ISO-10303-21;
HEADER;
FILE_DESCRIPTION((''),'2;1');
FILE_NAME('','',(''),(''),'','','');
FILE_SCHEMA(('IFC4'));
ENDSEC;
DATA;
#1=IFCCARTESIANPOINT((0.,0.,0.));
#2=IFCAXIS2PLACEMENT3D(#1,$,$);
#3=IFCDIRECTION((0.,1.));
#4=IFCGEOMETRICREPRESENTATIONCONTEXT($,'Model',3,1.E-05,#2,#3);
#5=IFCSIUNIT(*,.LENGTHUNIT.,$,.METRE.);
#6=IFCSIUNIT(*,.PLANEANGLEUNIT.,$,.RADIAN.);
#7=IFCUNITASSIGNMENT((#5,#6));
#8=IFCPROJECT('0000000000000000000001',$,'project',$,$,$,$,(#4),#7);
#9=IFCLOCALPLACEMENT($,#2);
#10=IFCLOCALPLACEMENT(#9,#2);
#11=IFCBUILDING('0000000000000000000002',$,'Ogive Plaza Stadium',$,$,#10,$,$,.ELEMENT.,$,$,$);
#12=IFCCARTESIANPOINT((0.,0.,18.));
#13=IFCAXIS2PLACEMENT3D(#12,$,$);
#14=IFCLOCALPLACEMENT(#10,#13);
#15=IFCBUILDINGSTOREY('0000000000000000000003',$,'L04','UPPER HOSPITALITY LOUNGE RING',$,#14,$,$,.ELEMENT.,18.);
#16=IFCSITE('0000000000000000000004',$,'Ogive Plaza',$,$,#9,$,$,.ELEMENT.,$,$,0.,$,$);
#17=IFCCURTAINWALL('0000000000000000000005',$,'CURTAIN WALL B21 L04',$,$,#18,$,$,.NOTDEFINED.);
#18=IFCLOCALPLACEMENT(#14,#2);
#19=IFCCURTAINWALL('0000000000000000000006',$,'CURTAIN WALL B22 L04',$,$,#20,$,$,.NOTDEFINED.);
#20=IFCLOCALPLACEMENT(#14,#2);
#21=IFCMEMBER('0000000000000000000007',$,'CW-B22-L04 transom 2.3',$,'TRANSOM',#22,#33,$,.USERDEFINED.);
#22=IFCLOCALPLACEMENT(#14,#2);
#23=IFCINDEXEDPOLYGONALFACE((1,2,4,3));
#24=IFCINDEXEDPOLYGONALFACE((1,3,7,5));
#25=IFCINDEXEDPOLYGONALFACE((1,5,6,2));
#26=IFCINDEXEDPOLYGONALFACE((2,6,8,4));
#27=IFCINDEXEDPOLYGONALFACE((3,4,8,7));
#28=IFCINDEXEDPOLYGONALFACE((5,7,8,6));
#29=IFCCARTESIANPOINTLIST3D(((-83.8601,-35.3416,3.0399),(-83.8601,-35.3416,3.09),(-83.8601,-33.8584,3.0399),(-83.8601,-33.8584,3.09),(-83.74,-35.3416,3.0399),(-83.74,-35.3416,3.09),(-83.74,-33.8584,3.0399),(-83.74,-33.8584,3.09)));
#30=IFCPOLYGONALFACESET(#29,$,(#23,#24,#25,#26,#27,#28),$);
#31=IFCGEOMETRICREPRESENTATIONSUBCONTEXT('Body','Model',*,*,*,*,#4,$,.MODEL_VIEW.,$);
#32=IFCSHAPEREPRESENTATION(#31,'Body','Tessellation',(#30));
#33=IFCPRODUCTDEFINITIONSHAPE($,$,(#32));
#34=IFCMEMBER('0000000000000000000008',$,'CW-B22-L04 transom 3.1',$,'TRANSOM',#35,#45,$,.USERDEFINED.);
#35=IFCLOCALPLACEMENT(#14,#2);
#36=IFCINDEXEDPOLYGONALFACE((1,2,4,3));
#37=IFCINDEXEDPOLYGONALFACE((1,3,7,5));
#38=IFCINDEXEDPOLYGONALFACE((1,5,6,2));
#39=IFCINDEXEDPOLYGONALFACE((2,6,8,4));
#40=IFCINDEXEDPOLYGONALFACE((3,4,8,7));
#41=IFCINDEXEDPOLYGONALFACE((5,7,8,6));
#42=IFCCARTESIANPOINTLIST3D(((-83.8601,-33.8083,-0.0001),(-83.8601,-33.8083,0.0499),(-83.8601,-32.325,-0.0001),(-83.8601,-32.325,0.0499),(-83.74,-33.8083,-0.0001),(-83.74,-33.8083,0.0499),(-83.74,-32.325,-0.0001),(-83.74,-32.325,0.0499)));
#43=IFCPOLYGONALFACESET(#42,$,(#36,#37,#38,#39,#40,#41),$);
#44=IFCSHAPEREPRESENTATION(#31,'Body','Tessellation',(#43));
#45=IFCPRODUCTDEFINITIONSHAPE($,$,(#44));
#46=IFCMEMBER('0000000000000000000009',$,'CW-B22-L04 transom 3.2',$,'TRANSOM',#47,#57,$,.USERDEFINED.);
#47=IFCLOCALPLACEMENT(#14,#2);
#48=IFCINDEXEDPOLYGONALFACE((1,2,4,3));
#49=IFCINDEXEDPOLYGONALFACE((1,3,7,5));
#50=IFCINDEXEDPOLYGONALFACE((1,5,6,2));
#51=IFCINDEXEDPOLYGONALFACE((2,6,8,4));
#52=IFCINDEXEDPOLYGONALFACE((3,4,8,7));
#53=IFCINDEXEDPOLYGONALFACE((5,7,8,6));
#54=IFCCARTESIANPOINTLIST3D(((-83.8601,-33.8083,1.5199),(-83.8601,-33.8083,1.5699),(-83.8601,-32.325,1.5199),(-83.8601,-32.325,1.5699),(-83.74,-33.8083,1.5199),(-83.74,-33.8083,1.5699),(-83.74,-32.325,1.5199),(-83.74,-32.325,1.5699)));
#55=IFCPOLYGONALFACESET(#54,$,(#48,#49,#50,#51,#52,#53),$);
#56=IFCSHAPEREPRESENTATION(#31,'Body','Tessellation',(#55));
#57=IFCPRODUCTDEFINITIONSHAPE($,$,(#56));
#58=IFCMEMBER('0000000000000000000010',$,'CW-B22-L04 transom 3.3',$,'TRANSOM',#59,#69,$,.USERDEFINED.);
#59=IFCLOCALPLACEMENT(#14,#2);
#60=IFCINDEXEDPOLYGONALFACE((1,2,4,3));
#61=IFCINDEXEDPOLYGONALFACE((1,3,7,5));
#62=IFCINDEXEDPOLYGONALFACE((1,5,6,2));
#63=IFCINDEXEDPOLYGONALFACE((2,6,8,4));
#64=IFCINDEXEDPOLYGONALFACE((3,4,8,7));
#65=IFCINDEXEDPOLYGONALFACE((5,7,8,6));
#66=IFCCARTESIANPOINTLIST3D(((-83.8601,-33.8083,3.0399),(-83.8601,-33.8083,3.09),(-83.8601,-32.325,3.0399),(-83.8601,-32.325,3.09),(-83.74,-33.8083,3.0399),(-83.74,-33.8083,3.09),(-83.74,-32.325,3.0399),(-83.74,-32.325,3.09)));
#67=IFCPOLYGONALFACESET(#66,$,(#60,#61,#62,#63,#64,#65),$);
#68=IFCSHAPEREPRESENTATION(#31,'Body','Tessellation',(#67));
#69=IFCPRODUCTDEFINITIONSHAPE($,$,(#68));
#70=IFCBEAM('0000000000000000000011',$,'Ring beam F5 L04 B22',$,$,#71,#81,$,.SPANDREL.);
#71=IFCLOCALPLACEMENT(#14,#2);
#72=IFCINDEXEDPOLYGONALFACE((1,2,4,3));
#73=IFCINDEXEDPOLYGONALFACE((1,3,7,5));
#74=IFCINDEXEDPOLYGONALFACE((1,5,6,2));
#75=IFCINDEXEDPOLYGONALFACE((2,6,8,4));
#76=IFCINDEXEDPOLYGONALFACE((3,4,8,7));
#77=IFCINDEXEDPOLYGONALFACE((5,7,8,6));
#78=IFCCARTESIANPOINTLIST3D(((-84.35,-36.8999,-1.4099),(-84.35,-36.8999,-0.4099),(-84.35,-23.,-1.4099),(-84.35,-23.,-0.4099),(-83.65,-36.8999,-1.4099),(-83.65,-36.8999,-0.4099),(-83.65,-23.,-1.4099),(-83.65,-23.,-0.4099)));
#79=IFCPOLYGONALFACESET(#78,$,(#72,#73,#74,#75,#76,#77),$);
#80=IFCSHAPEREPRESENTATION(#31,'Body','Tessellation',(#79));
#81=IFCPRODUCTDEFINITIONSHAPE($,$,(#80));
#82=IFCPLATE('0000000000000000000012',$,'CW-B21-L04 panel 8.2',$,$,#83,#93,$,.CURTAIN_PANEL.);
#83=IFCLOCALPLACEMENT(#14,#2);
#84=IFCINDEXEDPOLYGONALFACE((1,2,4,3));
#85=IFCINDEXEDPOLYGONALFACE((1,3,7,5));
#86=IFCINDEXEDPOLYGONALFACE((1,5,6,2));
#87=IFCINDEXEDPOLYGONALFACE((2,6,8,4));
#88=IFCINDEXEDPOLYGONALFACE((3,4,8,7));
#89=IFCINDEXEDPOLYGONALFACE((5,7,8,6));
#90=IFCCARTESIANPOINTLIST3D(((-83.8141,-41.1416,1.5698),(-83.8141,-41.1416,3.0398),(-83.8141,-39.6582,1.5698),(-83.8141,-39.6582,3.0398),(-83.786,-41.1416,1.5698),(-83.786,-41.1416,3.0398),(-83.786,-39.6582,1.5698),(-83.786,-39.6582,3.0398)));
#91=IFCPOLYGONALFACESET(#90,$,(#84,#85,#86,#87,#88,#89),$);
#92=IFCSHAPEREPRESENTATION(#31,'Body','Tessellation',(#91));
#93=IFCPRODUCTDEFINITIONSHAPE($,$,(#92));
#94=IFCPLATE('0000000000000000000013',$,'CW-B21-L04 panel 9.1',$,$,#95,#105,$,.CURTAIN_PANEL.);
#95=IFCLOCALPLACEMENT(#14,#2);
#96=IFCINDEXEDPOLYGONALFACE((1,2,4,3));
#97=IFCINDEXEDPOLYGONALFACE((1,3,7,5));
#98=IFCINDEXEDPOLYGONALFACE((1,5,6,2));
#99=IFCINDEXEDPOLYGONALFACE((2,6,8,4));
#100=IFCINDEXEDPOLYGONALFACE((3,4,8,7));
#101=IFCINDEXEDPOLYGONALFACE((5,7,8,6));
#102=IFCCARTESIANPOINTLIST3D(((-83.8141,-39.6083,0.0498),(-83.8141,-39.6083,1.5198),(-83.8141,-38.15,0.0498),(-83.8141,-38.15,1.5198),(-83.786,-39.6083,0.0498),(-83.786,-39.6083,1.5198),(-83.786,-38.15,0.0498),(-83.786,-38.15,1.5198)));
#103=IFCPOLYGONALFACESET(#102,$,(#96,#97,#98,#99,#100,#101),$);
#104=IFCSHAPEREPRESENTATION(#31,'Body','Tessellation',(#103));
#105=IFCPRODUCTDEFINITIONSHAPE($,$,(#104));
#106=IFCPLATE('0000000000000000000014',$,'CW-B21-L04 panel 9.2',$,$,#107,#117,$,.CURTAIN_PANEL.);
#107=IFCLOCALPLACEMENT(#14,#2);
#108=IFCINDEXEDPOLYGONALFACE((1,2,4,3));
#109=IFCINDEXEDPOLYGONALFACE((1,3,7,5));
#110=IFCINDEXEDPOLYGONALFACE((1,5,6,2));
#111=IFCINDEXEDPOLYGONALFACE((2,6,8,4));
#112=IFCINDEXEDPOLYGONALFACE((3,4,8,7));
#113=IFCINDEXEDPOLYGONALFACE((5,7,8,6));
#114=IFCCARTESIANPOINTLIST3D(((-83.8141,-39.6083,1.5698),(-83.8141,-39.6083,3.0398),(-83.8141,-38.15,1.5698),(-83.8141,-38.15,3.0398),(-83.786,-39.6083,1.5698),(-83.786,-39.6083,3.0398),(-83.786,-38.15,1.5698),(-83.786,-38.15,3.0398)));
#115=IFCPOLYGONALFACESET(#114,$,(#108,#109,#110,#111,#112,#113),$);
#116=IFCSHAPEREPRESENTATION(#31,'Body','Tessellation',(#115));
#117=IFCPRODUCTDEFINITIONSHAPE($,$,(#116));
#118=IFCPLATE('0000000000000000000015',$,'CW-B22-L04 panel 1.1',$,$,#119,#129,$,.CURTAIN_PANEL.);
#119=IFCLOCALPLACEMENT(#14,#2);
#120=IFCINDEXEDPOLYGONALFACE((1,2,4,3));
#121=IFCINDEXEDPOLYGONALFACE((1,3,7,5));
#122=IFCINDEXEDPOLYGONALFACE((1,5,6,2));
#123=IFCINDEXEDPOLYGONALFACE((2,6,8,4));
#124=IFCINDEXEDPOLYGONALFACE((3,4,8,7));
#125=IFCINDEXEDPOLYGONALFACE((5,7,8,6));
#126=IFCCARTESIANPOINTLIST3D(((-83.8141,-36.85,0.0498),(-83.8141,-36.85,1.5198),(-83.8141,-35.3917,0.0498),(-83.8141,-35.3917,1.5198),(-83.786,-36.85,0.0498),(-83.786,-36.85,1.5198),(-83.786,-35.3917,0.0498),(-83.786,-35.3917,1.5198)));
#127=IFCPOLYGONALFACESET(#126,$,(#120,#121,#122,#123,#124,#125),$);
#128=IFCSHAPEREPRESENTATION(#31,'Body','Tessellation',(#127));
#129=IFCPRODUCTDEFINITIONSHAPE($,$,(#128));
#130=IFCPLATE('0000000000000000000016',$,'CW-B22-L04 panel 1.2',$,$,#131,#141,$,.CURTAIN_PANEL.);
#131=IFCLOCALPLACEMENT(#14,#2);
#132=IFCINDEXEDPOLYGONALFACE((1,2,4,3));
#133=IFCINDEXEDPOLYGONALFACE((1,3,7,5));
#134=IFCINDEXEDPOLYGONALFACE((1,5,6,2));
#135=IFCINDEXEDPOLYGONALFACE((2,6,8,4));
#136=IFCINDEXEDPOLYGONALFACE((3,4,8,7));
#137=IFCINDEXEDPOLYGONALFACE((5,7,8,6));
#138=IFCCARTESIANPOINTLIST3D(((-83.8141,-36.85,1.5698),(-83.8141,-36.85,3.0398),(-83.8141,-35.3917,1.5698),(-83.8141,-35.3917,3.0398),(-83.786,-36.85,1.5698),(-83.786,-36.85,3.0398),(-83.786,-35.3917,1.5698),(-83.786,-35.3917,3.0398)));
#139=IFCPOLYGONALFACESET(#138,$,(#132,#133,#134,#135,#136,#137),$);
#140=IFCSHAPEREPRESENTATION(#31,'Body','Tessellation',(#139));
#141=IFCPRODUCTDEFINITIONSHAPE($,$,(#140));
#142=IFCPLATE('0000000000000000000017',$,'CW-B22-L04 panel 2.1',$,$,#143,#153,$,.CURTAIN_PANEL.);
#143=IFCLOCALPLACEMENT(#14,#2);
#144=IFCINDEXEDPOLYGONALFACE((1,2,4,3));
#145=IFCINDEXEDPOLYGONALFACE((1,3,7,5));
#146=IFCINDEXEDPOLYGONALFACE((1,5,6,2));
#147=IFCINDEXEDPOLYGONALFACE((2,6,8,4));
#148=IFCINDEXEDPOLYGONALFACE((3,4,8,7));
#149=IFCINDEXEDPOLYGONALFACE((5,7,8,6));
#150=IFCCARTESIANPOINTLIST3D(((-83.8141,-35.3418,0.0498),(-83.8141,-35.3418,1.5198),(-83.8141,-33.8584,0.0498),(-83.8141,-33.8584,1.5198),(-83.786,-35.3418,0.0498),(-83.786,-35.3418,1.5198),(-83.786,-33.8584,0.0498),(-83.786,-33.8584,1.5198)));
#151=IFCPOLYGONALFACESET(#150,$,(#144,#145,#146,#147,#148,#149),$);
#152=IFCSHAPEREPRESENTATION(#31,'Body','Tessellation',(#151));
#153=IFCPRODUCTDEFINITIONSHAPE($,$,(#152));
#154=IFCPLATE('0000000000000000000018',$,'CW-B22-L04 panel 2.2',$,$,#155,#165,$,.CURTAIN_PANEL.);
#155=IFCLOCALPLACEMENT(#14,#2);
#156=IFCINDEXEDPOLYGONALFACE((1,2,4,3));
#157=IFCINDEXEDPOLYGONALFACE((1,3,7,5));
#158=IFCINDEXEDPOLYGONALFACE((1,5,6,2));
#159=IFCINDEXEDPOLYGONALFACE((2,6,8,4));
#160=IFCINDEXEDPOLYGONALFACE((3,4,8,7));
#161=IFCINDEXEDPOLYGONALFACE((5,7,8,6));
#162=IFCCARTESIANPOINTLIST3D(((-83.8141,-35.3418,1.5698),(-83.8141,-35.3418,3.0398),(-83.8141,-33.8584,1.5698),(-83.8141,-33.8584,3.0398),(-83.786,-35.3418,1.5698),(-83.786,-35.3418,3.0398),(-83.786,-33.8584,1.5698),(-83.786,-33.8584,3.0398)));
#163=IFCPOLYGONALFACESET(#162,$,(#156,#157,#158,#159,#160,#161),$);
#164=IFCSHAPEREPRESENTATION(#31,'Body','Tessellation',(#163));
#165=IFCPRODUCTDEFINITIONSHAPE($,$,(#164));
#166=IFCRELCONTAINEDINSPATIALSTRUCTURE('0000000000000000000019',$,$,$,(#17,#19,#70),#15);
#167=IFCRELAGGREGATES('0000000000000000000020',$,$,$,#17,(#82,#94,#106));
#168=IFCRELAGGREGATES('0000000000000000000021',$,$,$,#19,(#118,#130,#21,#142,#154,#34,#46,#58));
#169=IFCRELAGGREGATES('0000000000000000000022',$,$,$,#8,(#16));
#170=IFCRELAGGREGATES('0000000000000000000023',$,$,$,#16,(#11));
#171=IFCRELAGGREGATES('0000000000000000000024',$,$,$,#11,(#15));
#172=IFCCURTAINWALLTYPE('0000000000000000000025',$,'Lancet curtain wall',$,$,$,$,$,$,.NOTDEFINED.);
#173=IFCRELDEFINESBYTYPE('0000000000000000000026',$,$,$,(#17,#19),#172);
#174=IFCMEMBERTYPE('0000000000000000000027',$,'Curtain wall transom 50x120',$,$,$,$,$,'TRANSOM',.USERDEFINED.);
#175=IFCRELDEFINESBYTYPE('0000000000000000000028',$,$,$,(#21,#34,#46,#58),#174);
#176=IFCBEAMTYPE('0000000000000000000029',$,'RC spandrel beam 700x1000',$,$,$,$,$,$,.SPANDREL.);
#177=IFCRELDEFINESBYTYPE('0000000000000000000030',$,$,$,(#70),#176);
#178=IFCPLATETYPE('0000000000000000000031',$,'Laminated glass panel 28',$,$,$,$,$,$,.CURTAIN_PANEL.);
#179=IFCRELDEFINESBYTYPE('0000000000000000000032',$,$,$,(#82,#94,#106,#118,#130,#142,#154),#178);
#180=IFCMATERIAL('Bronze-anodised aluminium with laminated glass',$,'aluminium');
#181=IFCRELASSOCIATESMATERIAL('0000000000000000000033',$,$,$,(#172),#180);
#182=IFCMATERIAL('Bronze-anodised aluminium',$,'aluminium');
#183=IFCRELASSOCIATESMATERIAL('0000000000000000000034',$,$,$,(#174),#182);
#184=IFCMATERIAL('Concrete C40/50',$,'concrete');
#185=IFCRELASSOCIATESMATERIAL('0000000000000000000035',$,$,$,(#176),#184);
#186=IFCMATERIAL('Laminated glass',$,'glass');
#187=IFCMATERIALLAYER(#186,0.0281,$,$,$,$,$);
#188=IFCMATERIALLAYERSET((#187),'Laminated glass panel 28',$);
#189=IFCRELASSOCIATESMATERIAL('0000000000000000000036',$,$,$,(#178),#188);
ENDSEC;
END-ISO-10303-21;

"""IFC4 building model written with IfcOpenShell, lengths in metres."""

from ifc_helpers import new_model, si_unit, direction, frame, origin, origin_2d, place, context, subcontext, project, spatial, rectangle, extrude, material, layer, layer_set, material_profile, profile_set, type_object, element, aggregate, save


model = new_model("IFC4")

# Units and contexts
model_context = context("Model", 3, precision=1e-05, world=origin(), true_north=direction((0.0, 1.0)))
body_context = subcontext(model_context, "Body", "Model", "MODEL_VIEW")
ifc_project = project(units=[si_unit("LENGTHUNIT", "METRE"), si_unit("PLANEANGLEUNIT", "RADIAN")], contexts=[model_context])

# Site, building, storey
site_placement = place(None, origin())
site = spatial("IfcSite", under=ifc_project, at=site_placement, Name="Ogive Plaza", CompositionType="ELEMENT", RefElevation=0.0)
building_placement = place(site_placement, origin())
building = spatial("IfcBuilding", under=site, at=building_placement, Name="Ogive Plaza Stadium", CompositionType="ELEMENT")
storey_placement = place(building_placement, frame((0.0, 0.0, 18.0)))
storey = spatial("IfcBuildingStorey", under=building, at=storey_placement, Name="L04", Description="UPPER HOSPITALITY LOUNGE RING", CompositionType="ELEMENT", Elevation=18.0)

# Curtain walls
ifc_material_1 = material(Name="Bronze-anodised aluminium with laminated glass", Category="aluminium")
curtain_wall_type = type_object("IfcCurtainWallType", Name="Lancet curtain wall", PredefinedType="NOTDEFINED", material=ifc_material_1)
curtain_wall_1_placement = place(storey_placement, origin())
curtain_wall_1 = element("IfcCurtainWall", 1, at=curtain_wall_1_placement, inside=storey, type_object=curtain_wall_type, Name="CURTAIN WALL B21 L04", PredefinedType="NOTDEFINED")
curtain_wall_2_placement = place(storey_placement, origin())
curtain_wall_2 = element("IfcCurtainWall", 2, at=curtain_wall_2_placement, inside=storey, type_object=curtain_wall_type, Name="CURTAIN WALL B22 L04", PredefinedType="NOTDEFINED")

# Members
ifc_material_2 = material(Name="Bronze-anodised aluminium", Category="aluminium")
ifc_material_profile_1 = material_profile(ifc_material_2, rectangle(XDim=0.1201, YDim=0.05, at=origin_2d()), Name="AL 120x50")
ifc_profile_set_1 = profile_set([ifc_material_profile_1], Name="Bronze-anodised aluminium")
member_type_1 = type_object("IfcMemberType", Name="Curtain wall transom 50x120", ElementType="TRANSOM", PredefinedType="USERDEFINED", material=ifc_profile_set_1)
member_1_placement = place(storey_placement, frame((-83.8, -35.3416, 3.0649), z_axis=(0.0, 1.0, 0.0), x_axis=(-1.0, 0.0, 0.0)))
member_1 = element("IfcMember", 3, at=member_1_placement, type_object=member_type_1, Name="CW-B22-L04 transom 2.3", ObjectType="TRANSOM", PredefinedType="USERDEFINED", context=body_context, shape_type="SweptSolid", body=[
    extrude(rectangle(XDim=0.1201, YDim=0.05, at=origin_2d()), origin(), (0.0, 0.0, 1.0), 1.4832),
])
member_2_placement = place(storey_placement, frame((-83.8, -33.8083, 0.0249), z_axis=(0.0, 1.0, 0.0), x_axis=(-1.0, 0.0, 0.0)))
member_2 = element("IfcMember", 4, at=member_2_placement, type_object=member_type_1, Name="CW-B22-L04 transom 3.1", ObjectType="TRANSOM", PredefinedType="USERDEFINED", context=body_context, shape_type="SweptSolid", body=[
    extrude(rectangle(XDim=0.1201, YDim=0.05, at=origin_2d()), origin(), (0.0, 0.0, 1.0), 1.4834),
])
member_3_placement = place(storey_placement, frame((-83.8, -33.8083, 1.5449), z_axis=(0.0, 1.0, 0.0), x_axis=(-1.0, 0.0, 0.0)))
member_3 = element("IfcMember", 5, at=member_3_placement, type_object=member_type_1, Name="CW-B22-L04 transom 3.2", ObjectType="TRANSOM", PredefinedType="USERDEFINED", context=body_context, shape_type="SweptSolid", body=[
    extrude(rectangle(XDim=0.1201, YDim=0.05, at=origin_2d()), origin(), (0.0, 0.0, 1.0), 1.4834),
])
member_4_placement = place(storey_placement, frame((-83.8, -33.8083, 3.0649), z_axis=(0.0, 1.0, 0.0), x_axis=(-1.0, 0.0, 0.0)))
member_4 = element("IfcMember", 6, at=member_4_placement, type_object=member_type_1, Name="CW-B22-L04 transom 3.3", ObjectType="TRANSOM", PredefinedType="USERDEFINED", context=body_context, shape_type="SweptSolid", body=[
    extrude(rectangle(XDim=0.1201, YDim=0.05, at=origin_2d()), origin(), (0.0, 0.0, 1.0), 1.4834),
])

# Beam
ifc_material_3 = material(Name="Concrete C40/50", Category="concrete")
ifc_material_profile_2 = material_profile(ifc_material_3, rectangle(XDim=0.7, YDim=1.0, at=origin_2d()), Name="RC 700x1000")
ifc_profile_set_2 = profile_set([ifc_material_profile_2], Name="Concrete C40/50")
beam_type = type_object("IfcBeamType", Name="RC spandrel beam 700x1000", PredefinedType="SPANDREL", material=ifc_profile_set_2)
beam_placement = place(storey_placement, frame((-84.0, -36.8999, -0.9099), z_axis=(0.0, 1.0, 0.0), x_axis=(-1.0, 0.0, 0.0)))
element("IfcBeam", 7, at=beam_placement, inside=storey, type_object=beam_type, Name="Ring beam F5 L04 B22", PredefinedType="SPANDREL", context=body_context, shape_type="SweptSolid", body=[
    extrude(rectangle(XDim=0.7, YDim=1.0, at=origin_2d()), origin(), (0.0, 0.0, 1.0), 13.8999),
])

# Plates
ifc_material_4 = material(Name="Laminated glass", Category="glass")
ifc_layer = layer(ifc_material_4, 0.0281)
ifc_layer_set = layer_set([ifc_layer], Name="Laminated glass panel 28")
plate_type = type_object("IfcPlateType", Name="Laminated glass panel 28", PredefinedType="CURTAIN_PANEL", material=ifc_layer_set)
plate_1_placement = place(storey_placement, frame((-83.8, -40.3999, 1.5698), z_axis=(0.0, 0.0, 1.0), x_axis=(0.0, 1.0, 0.0)))
plate_1 = element("IfcPlate", 8, at=plate_1_placement, type_object=plate_type, Name="CW-B21-L04 panel 8.2", PredefinedType="CURTAIN_PANEL", context=body_context, shape_type="SweptSolid", body=[
    extrude(rectangle(XDim=1.4834, YDim=0.0281, at=origin_2d()), origin(), (0.0, 0.0, 1.0), 1.47),
])
plate_2_placement = place(storey_placement, frame((-83.8, -38.8792, 0.0498), z_axis=(0.0, 0.0, 1.0), x_axis=(0.0, 1.0, 0.0)))
plate_2 = element("IfcPlate", 9, at=plate_2_placement, type_object=plate_type, Name="CW-B21-L04 panel 9.1", PredefinedType="CURTAIN_PANEL", context=body_context, shape_type="SweptSolid", body=[
    extrude(rectangle(XDim=1.4583, YDim=0.0281, at=origin_2d()), origin(), (0.0, 0.0, 1.0), 1.47),
])
plate_3_placement = place(storey_placement, frame((-83.8, -38.8792, 1.5698), z_axis=(0.0, 0.0, 1.0), x_axis=(0.0, 1.0, 0.0)))
plate_3 = element("IfcPlate", 10, at=plate_3_placement, type_object=plate_type, Name="CW-B21-L04 panel 9.2", PredefinedType="CURTAIN_PANEL", context=body_context, shape_type="SweptSolid", body=[
    extrude(rectangle(XDim=1.4583, YDim=0.0281, at=origin_2d()), origin(), (0.0, 0.0, 1.0), 1.47),
])
aggregate(curtain_wall_1, [plate_1, plate_2, plate_3])
plate_4_placement = place(storey_placement, frame((-83.8, -36.1208, 0.0498), z_axis=(0.0, 0.0, 1.0), x_axis=(0.0, 1.0, 0.0)))
plate_4 = element("IfcPlate", 11, at=plate_4_placement, type_object=plate_type, Name="CW-B22-L04 panel 1.1", PredefinedType="CURTAIN_PANEL", context=body_context, shape_type="SweptSolid", body=[
    extrude(rectangle(XDim=1.4583, YDim=0.0281, at=origin_2d()), origin(), (0.0, 0.0, 1.0), 1.47),
])
plate_5_placement = place(storey_placement, frame((-83.8, -36.1208, 1.5698), z_axis=(0.0, 0.0, 1.0), x_axis=(0.0, 1.0, 0.0)))
plate_5 = element("IfcPlate", 12, at=plate_5_placement, type_object=plate_type, Name="CW-B22-L04 panel 1.2", PredefinedType="CURTAIN_PANEL", context=body_context, shape_type="SweptSolid", body=[
    extrude(rectangle(XDim=1.4583, YDim=0.0281, at=origin_2d()), origin(), (0.0, 0.0, 1.0), 1.47),
])
plate_6_placement = place(storey_placement, frame((-83.8, -34.6001, 0.0498), z_axis=(0.0, 0.0, 1.0), x_axis=(0.0, 1.0, 0.0)))
plate_6 = element("IfcPlate", 13, at=plate_6_placement, type_object=plate_type, Name="CW-B22-L04 panel 2.1", PredefinedType="CURTAIN_PANEL", context=body_context, shape_type="SweptSolid", body=[
    extrude(rectangle(XDim=1.4834, YDim=0.0281, at=origin_2d()), origin(), (0.0, 0.0, 1.0), 1.47),
])
plate_7_placement = place(storey_placement, frame((-83.8, -34.6001, 1.5698), z_axis=(0.0, 0.0, 1.0), x_axis=(0.0, 1.0, 0.0)))
plate_7 = element("IfcPlate", 14, at=plate_7_placement, type_object=plate_type, Name="CW-B22-L04 panel 2.2", PredefinedType="CURTAIN_PANEL", context=body_context, shape_type="SweptSolid", body=[
    extrude(rectangle(XDim=1.4834, YDim=0.0281, at=origin_2d()), origin(), (0.0, 0.0, 1.0), 1.47),
])
aggregate(curtain_wall_2, [plate_4, plate_5, member_1, plate_6, plate_7, member_2, member_3, member_4])

save(model, "model.ifc")
